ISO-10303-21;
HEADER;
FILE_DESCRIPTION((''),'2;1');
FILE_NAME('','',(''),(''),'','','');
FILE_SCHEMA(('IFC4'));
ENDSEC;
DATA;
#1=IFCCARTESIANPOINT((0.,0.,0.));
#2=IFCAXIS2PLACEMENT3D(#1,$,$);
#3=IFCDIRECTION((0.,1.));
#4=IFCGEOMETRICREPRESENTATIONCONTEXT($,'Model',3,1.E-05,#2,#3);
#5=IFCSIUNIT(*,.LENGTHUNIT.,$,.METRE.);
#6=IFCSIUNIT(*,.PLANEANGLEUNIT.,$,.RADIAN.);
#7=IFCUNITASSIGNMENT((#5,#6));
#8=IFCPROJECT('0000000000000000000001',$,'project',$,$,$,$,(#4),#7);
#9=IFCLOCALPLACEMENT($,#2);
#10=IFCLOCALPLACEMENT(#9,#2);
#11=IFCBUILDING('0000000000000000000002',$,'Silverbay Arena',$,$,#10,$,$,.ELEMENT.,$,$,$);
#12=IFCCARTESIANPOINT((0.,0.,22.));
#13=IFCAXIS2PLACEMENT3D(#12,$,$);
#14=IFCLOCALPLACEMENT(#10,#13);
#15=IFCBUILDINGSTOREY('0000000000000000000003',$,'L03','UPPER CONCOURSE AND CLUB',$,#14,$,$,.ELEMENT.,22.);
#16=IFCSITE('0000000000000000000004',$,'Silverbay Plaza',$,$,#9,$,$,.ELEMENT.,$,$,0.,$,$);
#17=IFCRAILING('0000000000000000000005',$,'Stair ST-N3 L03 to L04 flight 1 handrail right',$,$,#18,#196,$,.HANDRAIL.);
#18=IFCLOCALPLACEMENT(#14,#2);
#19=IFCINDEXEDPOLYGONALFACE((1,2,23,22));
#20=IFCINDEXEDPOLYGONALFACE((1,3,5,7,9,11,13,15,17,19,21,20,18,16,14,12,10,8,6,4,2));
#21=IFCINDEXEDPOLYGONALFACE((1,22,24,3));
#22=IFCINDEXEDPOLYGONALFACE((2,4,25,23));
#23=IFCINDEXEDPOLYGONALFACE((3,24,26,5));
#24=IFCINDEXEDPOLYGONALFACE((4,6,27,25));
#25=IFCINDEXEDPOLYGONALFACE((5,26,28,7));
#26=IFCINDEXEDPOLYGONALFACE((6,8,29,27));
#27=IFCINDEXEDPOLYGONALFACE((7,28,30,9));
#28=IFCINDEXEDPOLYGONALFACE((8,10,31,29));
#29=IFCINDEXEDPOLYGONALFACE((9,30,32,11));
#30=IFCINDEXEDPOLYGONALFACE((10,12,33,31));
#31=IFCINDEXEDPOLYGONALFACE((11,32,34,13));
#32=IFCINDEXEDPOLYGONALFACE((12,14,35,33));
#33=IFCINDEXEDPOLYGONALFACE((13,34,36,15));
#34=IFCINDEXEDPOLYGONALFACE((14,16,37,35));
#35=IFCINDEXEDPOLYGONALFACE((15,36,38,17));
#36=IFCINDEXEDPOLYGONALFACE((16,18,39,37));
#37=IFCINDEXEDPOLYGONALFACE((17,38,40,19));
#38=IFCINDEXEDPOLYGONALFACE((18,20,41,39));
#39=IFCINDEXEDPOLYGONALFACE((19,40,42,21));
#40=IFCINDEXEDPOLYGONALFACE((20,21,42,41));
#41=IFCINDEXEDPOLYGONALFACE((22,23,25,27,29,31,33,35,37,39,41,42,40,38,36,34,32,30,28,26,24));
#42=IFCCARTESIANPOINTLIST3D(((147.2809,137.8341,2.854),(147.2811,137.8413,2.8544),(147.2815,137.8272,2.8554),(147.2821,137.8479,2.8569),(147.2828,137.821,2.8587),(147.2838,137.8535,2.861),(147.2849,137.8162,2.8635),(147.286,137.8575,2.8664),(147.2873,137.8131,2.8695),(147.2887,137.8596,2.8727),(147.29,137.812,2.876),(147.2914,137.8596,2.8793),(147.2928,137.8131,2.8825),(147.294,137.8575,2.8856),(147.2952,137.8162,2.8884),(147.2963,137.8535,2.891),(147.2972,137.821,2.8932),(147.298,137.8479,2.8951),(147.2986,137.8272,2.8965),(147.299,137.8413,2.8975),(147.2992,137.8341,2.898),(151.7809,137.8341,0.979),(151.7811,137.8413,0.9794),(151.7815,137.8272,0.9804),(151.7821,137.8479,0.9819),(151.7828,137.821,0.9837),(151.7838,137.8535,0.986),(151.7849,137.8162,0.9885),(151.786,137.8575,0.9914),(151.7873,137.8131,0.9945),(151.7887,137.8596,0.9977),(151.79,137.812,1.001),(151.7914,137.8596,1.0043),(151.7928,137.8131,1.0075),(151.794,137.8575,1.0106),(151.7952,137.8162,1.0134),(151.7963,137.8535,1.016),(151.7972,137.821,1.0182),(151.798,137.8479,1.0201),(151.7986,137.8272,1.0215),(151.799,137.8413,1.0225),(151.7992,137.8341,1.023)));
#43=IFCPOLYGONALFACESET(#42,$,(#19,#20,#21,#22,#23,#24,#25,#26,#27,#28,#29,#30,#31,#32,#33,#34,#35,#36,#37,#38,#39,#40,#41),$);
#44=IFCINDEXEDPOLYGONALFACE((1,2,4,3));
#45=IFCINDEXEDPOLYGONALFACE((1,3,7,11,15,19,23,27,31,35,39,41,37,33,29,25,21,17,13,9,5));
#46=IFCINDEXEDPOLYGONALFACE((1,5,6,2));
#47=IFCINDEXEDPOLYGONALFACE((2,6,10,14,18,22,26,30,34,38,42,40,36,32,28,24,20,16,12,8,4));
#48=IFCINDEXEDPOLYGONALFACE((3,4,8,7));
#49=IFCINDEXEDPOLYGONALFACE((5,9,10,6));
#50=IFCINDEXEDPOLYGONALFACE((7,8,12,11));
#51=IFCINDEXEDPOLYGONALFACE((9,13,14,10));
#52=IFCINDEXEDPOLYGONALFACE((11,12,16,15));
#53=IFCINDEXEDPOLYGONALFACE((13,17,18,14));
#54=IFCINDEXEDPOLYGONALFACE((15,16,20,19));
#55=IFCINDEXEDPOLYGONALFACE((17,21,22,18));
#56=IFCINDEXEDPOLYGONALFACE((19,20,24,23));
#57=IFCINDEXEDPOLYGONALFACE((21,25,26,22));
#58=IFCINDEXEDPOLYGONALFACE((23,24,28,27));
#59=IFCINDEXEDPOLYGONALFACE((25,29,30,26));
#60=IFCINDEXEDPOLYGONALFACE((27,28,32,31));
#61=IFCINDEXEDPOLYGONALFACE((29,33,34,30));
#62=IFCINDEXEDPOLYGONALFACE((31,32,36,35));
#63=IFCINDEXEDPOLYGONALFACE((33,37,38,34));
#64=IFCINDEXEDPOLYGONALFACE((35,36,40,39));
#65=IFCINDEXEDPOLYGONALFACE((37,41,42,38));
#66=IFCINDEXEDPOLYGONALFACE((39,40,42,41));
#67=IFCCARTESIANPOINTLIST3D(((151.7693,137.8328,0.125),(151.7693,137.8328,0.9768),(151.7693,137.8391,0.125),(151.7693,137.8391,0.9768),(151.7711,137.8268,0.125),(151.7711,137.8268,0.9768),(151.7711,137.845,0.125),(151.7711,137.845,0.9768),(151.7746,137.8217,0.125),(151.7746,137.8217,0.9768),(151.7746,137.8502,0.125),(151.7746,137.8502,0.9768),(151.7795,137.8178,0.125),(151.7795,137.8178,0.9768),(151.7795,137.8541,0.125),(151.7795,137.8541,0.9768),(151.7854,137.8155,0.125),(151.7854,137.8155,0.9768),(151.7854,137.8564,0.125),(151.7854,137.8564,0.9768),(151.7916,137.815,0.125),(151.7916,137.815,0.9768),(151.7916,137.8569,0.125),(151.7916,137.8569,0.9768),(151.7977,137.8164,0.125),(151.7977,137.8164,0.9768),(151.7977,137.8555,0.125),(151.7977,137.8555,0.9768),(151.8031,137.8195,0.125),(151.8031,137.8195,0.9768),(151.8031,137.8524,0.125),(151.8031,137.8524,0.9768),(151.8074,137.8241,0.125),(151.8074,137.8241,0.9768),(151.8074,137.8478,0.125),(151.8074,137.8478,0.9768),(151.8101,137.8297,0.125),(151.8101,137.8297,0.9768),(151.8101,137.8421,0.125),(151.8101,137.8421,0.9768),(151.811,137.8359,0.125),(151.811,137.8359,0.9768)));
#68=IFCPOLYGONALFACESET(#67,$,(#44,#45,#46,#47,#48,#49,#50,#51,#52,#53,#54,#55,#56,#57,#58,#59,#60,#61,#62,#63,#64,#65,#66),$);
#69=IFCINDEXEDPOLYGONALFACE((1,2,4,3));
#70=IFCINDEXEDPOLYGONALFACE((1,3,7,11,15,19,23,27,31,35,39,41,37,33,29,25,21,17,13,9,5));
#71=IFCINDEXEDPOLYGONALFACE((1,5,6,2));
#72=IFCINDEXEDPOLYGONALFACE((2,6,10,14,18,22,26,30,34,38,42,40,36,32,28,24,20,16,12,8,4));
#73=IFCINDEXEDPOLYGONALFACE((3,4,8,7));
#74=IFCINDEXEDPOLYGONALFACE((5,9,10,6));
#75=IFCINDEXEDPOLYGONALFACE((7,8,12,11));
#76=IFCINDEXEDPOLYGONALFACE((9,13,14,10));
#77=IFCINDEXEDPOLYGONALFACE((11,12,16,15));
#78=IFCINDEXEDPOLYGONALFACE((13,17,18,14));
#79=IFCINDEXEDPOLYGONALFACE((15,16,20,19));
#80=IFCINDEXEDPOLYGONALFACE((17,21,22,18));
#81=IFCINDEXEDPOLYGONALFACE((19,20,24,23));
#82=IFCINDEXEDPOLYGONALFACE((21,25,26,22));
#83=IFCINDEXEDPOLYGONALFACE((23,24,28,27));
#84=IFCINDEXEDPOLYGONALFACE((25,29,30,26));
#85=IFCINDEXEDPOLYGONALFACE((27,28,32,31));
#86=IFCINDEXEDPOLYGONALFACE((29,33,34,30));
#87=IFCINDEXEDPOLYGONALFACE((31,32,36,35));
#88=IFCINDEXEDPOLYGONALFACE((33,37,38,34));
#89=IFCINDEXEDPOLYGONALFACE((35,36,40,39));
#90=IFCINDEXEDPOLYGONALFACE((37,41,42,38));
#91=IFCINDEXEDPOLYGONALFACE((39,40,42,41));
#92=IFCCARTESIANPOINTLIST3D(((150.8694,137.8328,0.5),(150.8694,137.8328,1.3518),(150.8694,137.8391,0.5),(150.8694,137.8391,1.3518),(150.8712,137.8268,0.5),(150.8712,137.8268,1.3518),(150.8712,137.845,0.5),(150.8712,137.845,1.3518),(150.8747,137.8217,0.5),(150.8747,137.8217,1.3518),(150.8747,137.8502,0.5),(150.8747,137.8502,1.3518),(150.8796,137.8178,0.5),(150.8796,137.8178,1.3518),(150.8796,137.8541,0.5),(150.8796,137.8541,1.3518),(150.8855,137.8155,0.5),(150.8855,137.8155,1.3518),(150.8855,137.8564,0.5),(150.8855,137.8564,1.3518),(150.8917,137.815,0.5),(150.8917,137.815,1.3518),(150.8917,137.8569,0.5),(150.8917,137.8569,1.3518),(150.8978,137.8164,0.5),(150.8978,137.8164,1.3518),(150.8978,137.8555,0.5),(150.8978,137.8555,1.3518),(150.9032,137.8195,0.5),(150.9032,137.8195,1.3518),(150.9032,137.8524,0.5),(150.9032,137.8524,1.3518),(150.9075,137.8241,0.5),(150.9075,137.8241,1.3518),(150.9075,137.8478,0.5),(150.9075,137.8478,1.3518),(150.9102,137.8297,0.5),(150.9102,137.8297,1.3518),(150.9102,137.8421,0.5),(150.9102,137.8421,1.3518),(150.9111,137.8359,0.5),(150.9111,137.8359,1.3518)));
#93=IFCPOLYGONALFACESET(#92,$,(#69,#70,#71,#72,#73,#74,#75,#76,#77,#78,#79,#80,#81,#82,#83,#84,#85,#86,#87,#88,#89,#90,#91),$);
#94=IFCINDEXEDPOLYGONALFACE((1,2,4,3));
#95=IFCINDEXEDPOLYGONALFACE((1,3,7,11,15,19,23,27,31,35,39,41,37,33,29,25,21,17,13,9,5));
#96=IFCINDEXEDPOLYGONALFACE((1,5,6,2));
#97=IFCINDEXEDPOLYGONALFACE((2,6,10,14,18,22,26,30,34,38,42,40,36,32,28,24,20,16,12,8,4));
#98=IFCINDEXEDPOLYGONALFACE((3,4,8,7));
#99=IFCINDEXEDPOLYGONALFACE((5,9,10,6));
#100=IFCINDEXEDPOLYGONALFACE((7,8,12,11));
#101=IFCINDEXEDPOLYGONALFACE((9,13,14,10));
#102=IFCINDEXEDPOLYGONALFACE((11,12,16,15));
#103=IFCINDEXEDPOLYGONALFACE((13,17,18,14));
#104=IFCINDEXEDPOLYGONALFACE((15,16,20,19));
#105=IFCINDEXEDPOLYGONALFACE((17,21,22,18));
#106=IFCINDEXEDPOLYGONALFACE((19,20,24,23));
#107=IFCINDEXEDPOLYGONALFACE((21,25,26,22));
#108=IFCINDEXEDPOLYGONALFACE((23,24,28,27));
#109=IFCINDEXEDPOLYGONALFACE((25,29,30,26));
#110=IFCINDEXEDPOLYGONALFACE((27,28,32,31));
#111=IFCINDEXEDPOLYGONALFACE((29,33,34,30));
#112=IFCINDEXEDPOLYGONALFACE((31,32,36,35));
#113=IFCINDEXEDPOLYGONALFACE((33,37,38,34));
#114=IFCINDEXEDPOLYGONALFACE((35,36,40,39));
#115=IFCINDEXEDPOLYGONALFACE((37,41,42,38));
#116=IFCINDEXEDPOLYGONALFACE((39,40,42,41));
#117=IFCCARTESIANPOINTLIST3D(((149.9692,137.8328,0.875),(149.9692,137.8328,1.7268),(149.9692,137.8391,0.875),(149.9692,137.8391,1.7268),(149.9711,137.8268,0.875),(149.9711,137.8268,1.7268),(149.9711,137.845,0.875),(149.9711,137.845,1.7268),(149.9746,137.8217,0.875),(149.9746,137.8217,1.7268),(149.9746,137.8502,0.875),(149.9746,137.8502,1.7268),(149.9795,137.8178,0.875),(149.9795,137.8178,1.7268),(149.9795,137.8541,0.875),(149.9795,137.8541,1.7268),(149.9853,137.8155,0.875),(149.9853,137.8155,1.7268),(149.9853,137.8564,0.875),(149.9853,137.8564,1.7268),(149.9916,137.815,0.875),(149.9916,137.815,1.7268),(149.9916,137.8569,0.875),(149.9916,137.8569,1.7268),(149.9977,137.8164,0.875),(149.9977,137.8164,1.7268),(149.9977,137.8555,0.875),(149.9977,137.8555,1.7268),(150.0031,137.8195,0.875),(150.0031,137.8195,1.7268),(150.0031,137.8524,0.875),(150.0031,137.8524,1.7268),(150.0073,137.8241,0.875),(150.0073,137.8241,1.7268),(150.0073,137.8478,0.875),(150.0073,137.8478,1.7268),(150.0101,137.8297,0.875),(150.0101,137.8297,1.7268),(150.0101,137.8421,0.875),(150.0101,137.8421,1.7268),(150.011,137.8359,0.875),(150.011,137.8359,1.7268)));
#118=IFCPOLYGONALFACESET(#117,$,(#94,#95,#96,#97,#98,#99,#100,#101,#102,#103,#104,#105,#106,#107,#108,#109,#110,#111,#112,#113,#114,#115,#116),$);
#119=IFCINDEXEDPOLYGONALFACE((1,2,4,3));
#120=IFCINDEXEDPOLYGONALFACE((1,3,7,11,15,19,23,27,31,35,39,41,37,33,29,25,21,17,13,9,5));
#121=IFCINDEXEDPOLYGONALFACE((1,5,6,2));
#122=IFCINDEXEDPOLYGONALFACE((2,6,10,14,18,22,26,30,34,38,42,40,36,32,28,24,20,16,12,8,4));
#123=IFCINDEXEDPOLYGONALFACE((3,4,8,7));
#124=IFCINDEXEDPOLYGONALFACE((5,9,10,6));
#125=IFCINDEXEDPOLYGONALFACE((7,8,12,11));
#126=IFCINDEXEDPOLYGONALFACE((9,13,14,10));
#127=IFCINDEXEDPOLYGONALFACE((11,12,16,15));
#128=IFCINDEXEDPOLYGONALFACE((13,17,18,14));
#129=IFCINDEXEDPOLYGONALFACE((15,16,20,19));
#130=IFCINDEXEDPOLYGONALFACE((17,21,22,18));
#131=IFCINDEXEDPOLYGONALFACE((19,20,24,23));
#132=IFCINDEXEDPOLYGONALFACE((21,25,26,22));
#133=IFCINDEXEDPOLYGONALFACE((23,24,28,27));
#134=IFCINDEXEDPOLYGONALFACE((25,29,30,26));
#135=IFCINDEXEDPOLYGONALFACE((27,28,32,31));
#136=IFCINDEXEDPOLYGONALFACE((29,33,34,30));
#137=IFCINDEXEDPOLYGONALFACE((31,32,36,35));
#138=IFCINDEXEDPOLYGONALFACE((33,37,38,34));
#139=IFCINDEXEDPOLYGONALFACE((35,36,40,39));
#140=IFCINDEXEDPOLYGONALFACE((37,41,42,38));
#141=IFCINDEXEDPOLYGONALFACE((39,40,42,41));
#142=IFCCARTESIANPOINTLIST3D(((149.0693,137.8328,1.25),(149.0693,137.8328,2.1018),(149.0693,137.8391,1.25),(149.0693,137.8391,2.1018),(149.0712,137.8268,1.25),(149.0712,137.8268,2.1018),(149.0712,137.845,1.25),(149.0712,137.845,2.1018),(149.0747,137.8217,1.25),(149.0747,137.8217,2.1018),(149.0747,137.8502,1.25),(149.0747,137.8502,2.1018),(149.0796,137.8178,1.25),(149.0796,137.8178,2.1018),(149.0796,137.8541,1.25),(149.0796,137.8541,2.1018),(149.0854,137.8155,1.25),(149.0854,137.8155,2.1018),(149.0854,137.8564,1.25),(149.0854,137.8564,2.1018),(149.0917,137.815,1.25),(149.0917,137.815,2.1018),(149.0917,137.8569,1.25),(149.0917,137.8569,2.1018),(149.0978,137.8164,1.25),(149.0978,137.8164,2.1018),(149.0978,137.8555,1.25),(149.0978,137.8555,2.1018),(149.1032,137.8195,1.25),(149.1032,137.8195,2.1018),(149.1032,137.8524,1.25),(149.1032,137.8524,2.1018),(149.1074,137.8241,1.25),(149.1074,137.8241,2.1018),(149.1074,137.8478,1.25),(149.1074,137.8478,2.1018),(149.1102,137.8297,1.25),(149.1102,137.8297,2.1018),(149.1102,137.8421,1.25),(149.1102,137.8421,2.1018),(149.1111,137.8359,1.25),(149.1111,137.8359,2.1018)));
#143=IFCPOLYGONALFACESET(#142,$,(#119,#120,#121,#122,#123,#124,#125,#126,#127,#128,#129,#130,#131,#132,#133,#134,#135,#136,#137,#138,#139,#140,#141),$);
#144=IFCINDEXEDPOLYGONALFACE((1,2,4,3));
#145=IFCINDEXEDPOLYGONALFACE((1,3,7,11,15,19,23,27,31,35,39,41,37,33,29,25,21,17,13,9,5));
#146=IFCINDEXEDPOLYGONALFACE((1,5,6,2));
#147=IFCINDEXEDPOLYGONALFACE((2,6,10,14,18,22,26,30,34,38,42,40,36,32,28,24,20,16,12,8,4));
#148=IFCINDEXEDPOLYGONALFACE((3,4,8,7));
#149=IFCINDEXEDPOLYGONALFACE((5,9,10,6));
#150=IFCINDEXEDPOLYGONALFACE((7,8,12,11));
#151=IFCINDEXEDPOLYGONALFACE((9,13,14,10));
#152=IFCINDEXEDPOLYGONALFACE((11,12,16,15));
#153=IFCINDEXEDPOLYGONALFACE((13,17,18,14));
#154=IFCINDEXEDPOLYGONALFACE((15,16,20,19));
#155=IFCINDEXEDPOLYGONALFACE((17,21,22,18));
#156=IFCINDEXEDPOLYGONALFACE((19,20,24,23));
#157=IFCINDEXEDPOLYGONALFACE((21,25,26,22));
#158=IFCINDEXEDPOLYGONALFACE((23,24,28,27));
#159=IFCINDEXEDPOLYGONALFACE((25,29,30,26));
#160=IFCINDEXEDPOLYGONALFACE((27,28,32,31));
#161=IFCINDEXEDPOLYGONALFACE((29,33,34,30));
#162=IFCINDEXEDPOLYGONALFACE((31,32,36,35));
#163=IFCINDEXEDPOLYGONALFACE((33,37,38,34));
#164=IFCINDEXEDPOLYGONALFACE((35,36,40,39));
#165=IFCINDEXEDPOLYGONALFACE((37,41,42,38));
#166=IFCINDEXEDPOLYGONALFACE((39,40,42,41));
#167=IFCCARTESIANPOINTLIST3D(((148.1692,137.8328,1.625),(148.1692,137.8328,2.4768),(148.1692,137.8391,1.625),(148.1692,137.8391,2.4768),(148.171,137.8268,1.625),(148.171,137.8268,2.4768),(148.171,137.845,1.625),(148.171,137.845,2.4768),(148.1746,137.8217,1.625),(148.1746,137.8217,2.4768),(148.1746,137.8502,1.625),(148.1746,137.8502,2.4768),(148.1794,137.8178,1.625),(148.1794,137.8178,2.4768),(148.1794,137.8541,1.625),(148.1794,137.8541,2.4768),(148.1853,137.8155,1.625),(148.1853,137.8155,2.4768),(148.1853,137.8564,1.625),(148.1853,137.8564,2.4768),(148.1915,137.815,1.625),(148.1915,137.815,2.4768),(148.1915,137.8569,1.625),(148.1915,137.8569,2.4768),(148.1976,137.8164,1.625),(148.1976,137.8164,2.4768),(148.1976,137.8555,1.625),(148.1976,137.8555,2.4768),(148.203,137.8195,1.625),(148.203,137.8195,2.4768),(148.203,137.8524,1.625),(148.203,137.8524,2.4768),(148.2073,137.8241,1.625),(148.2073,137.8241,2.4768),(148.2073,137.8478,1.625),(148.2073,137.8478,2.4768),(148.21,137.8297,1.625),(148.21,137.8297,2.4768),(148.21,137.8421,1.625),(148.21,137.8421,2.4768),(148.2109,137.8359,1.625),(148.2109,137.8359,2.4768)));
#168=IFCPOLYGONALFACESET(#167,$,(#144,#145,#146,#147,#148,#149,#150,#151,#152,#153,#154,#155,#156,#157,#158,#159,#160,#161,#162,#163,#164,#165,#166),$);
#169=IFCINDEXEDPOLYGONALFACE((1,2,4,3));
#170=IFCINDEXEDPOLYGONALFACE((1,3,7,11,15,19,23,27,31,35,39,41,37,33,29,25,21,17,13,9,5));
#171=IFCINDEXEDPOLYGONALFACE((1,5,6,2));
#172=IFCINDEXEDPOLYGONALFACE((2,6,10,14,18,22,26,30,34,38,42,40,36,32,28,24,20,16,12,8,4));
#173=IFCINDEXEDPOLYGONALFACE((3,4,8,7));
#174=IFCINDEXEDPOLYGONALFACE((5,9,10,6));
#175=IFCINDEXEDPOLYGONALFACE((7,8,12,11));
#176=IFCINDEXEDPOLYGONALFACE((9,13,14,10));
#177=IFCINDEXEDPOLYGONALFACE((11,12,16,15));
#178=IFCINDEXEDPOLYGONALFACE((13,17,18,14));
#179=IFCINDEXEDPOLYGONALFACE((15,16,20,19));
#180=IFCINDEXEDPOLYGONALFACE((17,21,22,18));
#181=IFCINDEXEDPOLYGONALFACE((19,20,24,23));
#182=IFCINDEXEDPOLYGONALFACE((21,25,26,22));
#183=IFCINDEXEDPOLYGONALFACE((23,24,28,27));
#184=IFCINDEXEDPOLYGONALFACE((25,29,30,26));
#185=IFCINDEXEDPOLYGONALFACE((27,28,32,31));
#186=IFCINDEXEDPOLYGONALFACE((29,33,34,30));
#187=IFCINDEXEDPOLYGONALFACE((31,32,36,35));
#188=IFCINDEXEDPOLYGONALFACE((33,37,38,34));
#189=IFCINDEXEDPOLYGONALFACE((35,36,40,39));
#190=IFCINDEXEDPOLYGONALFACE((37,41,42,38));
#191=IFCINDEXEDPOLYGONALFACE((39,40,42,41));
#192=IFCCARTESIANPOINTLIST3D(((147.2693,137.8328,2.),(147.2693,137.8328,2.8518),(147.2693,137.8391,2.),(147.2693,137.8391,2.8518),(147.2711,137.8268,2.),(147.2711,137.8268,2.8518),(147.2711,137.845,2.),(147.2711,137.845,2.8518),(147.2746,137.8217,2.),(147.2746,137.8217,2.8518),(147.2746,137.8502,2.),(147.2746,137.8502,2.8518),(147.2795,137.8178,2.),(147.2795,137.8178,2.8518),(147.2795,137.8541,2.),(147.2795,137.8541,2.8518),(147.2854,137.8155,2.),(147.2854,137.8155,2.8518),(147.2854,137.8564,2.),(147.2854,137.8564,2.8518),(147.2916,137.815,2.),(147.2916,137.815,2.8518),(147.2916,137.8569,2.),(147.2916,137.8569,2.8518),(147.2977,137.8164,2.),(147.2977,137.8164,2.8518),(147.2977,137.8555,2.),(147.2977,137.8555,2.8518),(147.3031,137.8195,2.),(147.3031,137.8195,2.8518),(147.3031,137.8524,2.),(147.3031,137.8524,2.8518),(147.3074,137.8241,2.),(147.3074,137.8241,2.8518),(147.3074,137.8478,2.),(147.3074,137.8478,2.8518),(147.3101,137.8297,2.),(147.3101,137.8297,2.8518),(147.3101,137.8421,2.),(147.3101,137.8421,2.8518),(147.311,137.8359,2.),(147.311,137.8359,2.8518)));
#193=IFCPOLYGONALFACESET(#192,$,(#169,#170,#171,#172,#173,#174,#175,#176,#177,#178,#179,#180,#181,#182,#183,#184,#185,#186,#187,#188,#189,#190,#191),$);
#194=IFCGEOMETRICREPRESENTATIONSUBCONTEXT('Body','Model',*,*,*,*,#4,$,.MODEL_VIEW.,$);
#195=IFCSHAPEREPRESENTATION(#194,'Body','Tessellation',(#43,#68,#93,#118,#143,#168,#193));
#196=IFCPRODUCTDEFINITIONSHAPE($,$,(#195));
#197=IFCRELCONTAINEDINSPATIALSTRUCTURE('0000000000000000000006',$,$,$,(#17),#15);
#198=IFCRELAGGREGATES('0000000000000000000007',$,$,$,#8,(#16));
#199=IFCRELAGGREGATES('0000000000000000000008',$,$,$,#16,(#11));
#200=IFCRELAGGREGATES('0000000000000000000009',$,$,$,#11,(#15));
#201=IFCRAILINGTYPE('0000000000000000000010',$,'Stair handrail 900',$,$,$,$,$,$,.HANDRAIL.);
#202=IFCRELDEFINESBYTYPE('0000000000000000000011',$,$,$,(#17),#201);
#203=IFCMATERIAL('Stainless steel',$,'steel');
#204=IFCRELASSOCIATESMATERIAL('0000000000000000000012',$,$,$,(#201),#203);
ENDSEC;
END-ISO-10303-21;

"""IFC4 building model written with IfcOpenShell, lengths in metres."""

from ifc_helpers import new_model, si_unit, direction, frame, origin, origin_2d, place, context, subcontext, project, spatial, circle, extrude, material, type_object, element, save


model = new_model("IFC4")

# Units and contexts
model_context = context("Model", 3, precision=1e-05, world=origin(), true_north=direction((0.0, 1.0)))
body_context = subcontext(model_context, "Body", "Model", "MODEL_VIEW")
ifc_project = project(units=[si_unit("LENGTHUNIT", "METRE"), si_unit("PLANEANGLEUNIT", "RADIAN")], contexts=[model_context])

# Site, building, storey
site_placement = place(None, origin())
site = spatial("IfcSite", under=ifc_project, at=site_placement, Name="Silverbay Plaza", CompositionType="ELEMENT", RefElevation=0.0)
building_placement = place(site_placement, origin())
building = spatial("IfcBuilding", under=site, at=building_placement, Name="Silverbay Arena", CompositionType="ELEMENT")
storey_placement = place(building_placement, frame((0.0, 0.0, 22.0)))
storey = spatial("IfcBuildingStorey", under=building, at=storey_placement, Name="L03", Description="UPPER CONCOURSE AND CLUB", CompositionType="ELEMENT", Elevation=22.0)

# Railing
ifc_material_1 = material(Name="Stainless steel", Category="steel")
railing_type_1 = type_object("IfcRailingType", Name="Stair handrail 900", PredefinedType="HANDRAIL", material=ifc_material_1)
for number, where, name in (
    (1, (151.79, 137.8359, 0.125), "Stair ST-N3 L03 to L04 flight 1 handrail right"),
):
    element("IfcRailing", number, at=place(storey_placement, frame(where)), inside=storey, type_object=railing_type_1, Name=name, PredefinedType="HANDRAIL", context=body_context, shape_type="SweptSolid", body=[
        extrude(circle(Radius=0.0239, at=origin_2d()), frame((0.0, 0.0, 0.876), z_axis=(-0.923077, 0.0, 0.384615), x_axis=(0.0, -1.0, 0.0)), (0.0, 0.0, 1.0), 4.875),
        extrude(circle(Radius=0.021, at=origin_2d()), origin(), (0.0, 0.0, 1.0), 0.8518),
        extrude(circle(Radius=0.021, at=origin_2d()), frame((-0.8999, 0.0, 0.375)), (0.0, 0.0, 1.0), 0.8518),
        extrude(circle(Radius=0.021, at=origin_2d()), frame((-1.8, 0.0, 0.75)), (0.0, 0.0, 1.0), 0.8518),
        extrude(circle(Radius=0.021, at=origin_2d()), frame((-2.7, 0.0, 1.125)), (0.0, 0.0, 1.0), 0.8518),
        extrude(circle(Radius=0.021, at=origin_2d()), frame((-3.6001, 0.0, 1.5)), (0.0, 0.0, 1.0), 0.8518),
        extrude(circle(Radius=0.021, at=origin_2d()), frame((-4.5, 0.0, 1.875)), (0.0, 0.0, 1.0), 0.8518),
    ])

save(model, "model.ifc")
